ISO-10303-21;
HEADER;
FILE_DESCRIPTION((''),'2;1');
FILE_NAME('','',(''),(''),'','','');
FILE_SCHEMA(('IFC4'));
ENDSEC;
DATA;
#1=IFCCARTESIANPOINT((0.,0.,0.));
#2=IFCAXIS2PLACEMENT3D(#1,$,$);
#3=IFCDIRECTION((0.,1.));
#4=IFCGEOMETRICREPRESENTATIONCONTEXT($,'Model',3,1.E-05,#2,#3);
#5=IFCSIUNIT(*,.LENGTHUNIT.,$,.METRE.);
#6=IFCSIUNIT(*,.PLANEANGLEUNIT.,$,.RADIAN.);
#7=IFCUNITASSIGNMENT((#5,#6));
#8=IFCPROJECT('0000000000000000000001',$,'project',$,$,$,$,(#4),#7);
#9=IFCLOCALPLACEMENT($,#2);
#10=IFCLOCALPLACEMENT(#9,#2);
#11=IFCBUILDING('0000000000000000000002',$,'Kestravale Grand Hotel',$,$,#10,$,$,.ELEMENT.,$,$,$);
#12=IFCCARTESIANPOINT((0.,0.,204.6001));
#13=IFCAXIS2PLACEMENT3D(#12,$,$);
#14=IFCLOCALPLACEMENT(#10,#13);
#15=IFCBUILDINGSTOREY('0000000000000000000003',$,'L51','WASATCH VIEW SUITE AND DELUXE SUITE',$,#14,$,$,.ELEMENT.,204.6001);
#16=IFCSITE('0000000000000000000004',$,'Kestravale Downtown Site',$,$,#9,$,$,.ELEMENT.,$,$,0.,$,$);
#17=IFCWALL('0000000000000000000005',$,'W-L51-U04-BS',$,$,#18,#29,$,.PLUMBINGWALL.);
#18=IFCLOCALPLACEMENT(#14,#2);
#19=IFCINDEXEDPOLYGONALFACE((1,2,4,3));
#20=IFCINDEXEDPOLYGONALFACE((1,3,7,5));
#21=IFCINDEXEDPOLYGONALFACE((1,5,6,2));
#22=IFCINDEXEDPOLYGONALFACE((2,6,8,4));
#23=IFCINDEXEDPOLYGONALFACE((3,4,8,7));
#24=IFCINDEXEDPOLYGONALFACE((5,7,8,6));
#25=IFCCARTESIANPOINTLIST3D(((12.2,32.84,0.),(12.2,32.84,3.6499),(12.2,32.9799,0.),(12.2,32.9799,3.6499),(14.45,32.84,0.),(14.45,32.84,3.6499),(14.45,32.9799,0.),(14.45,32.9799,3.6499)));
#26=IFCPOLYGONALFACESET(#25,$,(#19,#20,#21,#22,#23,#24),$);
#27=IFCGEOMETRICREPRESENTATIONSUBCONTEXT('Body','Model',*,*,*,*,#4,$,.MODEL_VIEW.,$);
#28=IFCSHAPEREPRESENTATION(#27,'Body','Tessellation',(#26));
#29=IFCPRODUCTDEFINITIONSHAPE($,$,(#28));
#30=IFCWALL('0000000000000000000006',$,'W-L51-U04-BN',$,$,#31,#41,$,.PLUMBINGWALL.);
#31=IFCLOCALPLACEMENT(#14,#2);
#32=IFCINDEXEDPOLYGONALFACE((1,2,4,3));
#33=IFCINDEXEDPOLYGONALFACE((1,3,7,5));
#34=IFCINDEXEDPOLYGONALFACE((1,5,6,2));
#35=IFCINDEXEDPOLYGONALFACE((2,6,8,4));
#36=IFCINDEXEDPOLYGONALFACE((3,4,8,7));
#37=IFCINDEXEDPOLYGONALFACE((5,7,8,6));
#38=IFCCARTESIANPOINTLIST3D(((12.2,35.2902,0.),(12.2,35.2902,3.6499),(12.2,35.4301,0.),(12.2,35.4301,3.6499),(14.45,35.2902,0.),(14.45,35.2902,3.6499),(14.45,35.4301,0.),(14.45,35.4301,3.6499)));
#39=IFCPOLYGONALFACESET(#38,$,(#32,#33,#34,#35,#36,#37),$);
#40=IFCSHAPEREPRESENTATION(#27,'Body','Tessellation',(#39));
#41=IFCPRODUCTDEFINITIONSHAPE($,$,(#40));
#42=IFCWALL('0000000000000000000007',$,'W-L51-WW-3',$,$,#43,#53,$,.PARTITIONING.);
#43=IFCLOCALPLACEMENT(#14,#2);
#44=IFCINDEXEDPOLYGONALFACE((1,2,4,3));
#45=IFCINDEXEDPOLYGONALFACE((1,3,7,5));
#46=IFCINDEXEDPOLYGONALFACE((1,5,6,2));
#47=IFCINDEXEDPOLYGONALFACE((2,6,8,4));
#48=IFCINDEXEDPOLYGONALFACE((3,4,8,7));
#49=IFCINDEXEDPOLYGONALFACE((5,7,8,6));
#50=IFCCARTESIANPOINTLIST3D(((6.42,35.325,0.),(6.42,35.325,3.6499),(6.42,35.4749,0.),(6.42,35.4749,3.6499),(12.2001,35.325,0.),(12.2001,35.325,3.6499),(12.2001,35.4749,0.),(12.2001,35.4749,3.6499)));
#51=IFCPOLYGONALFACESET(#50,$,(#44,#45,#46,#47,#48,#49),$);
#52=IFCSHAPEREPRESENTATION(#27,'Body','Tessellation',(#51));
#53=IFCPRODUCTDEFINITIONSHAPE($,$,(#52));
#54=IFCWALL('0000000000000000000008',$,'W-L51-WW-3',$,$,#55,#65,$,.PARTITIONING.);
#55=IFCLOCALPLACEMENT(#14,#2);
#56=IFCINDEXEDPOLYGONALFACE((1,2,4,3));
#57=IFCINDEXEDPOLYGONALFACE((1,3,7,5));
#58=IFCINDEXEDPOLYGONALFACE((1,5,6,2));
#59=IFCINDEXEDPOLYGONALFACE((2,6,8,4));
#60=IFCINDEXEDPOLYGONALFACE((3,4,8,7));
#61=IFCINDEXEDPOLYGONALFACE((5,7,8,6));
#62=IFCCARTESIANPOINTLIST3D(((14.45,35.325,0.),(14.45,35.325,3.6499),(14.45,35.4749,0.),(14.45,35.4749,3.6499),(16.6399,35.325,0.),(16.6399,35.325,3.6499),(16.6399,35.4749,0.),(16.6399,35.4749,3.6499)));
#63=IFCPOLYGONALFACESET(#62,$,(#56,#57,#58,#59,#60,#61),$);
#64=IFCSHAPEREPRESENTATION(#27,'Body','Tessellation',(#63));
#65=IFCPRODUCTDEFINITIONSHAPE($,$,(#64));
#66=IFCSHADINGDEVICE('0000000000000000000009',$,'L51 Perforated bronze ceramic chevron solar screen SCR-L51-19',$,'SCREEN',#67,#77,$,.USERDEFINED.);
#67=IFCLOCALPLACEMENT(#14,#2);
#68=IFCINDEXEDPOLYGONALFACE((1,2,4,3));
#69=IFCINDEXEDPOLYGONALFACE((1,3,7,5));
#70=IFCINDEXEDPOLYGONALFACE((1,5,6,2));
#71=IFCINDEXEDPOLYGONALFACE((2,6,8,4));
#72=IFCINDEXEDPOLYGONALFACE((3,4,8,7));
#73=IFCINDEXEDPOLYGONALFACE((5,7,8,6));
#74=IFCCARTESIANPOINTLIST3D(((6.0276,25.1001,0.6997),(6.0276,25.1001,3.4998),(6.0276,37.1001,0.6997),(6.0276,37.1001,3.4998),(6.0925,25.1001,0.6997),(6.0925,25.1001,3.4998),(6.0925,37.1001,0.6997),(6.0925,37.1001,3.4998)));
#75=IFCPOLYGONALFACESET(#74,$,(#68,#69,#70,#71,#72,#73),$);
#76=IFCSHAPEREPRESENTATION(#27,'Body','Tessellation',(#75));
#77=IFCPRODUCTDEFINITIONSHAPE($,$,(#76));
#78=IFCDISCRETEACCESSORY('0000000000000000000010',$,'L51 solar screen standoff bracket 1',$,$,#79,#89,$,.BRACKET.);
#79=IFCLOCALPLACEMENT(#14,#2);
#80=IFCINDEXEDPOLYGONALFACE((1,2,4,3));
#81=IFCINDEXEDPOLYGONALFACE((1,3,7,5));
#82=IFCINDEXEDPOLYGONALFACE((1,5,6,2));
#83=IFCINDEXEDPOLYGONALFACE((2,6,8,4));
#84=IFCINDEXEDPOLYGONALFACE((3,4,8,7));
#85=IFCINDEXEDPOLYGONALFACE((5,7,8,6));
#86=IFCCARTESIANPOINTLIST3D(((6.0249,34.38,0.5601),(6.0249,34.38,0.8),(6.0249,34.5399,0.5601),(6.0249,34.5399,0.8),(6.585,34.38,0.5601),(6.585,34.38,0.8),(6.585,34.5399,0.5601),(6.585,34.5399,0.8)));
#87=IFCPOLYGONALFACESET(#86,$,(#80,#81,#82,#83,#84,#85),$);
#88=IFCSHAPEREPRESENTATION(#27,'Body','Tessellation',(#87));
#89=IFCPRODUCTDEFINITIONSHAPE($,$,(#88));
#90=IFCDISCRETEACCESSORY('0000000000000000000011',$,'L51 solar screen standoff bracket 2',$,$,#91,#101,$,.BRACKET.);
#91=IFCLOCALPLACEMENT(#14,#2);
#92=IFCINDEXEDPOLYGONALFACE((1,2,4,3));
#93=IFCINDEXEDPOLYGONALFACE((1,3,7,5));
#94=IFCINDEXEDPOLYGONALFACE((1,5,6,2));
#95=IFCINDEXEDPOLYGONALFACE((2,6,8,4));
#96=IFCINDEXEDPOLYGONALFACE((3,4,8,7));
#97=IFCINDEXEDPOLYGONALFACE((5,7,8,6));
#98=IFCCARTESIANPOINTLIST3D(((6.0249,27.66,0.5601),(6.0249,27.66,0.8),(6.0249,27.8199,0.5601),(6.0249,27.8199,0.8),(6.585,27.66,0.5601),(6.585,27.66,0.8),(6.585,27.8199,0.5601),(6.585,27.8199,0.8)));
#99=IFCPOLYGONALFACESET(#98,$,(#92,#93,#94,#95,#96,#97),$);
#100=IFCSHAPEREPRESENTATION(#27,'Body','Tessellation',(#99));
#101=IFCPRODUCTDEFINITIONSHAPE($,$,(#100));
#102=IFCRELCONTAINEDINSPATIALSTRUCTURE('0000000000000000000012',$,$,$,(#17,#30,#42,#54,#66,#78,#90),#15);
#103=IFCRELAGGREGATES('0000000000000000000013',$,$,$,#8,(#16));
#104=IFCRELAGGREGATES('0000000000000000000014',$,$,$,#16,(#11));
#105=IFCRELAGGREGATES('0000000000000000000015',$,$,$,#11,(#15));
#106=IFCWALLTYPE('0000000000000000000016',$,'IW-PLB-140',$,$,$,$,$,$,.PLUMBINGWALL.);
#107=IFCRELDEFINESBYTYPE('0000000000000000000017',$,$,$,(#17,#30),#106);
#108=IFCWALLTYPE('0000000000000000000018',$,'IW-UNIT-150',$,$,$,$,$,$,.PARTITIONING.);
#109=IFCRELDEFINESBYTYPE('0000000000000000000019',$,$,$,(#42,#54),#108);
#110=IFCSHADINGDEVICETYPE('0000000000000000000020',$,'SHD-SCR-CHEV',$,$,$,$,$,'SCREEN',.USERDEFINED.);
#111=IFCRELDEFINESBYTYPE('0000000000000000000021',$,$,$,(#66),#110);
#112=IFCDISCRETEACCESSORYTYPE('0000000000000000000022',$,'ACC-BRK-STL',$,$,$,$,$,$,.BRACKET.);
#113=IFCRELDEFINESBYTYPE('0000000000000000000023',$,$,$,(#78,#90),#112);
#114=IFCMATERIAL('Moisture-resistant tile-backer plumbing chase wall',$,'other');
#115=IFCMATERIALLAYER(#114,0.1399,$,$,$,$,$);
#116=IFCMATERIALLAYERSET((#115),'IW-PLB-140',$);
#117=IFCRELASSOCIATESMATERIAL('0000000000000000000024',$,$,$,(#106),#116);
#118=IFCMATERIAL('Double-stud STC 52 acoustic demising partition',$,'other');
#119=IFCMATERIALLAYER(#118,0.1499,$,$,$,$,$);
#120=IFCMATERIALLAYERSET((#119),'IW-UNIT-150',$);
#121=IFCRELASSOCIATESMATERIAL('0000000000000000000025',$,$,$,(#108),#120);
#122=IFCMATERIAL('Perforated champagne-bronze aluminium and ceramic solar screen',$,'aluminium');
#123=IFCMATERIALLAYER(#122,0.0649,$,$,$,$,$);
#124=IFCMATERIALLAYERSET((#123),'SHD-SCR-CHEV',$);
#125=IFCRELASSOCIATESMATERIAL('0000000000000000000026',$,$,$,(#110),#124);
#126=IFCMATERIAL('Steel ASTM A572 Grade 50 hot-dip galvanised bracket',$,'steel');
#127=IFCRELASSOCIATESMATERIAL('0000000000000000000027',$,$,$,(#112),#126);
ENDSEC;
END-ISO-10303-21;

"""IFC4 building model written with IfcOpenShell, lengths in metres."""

from ifc_helpers import new_model, si_unit, direction, frame, frame_2d, origin, origin_2d, place, context, subcontext, project, spatial, rectangle, extrude, material, layer, layer_set, type_object, element, save


model = new_model("IFC4")

# Units and contexts
model_context = context("Model", 3, precision=1e-05, world=origin(), true_north=direction((0.0, 1.0)))
body_context = subcontext(model_context, "Body", "Model", "MODEL_VIEW")
ifc_project = project(units=[si_unit("LENGTHUNIT", "METRE"), si_unit("PLANEANGLEUNIT", "RADIAN")], contexts=[model_context])

# Site, building, storey
site_placement = place(None, origin())
site = spatial("IfcSite", under=ifc_project, at=site_placement, Name="Kestravale Downtown Site", CompositionType="ELEMENT", RefElevation=0.0)
building_placement = place(site_placement, origin())
building = spatial("IfcBuilding", under=site, at=building_placement, Name="Kestravale Grand Hotel", CompositionType="ELEMENT")
storey_placement = place(building_placement, frame((0.0, 0.0, 204.6001)))
storey = spatial("IfcBuildingStorey", under=building, at=storey_placement, Name="L51", Description="WASATCH VIEW SUITE AND DELUXE SUITE", CompositionType="ELEMENT", Elevation=204.6001)

# Shared definitions
ifc_material_1 = material(Name="Moisture-resistant tile-backer plumbing chase wall", Category="other")
ifc_layer_1 = layer(ifc_material_1, 0.1399)
ifc_layer_set_1 = layer_set([ifc_layer_1], Name="IW-PLB-140")
wall_type_1 = type_object("IfcWallType", Name="IW-PLB-140", PredefinedType="PLUMBINGWALL", material=ifc_layer_set_1)

# Walls
for number, where, z_axis, x_axis, name in (
    (1, (12.2, 32.9099, 0.0), (0.0, 0.0, 1.0), (1.0, 0.0, 0.0), "W-L51-U04-BS"),
    (2, (12.2, 35.3601, 0.0), (0.0, 0.0, 1.0), (1.0, 0.0, 0.0), "W-L51-U04-BN"),
):
    element("IfcWall", number, at=place(storey_placement, frame(where, z_axis=z_axis, x_axis=x_axis)), inside=storey, type_object=wall_type_1, Name=name, PredefinedType="PLUMBINGWALL", context=body_context, shape_type="SweptSolid", body=[
        extrude(rectangle(XDim=2.25, YDim=0.1399, at=frame_2d((1.125, 0.0))), origin(), (0.0, 0.0, 1.0), 3.6499),
    ])
ifc_material_2 = material(Name="Double-stud STC 52 acoustic demising partition", Category="other")
ifc_layer_2 = layer(ifc_material_2, 0.1499)
ifc_layer_set_2 = layer_set([ifc_layer_2], Name="IW-UNIT-150")
wall_type_2 = type_object("IfcWallType", Name="IW-UNIT-150", PredefinedType="PARTITIONING", material=ifc_layer_set_2)
wall_1_placement = place(storey_placement, frame((6.4199, 35.3999, 0.0), z_axis=(0.0, 0.0, 1.0), x_axis=(1.0, 0.0, 0.0)))
element("IfcWall", 3, at=wall_1_placement, inside=storey, type_object=wall_type_2, Name="W-L51-WW-3", PredefinedType="PARTITIONING", context=body_context, shape_type="SweptSolid", body=[
    extrude(rectangle(XDim=5.78, YDim=0.1499, at=frame_2d((2.8901, 0.0))), origin(), (0.0, 0.0, 1.0), 3.6499),
])
wall_2_placement = place(storey_placement, frame((14.45, 35.3999, 0.0), z_axis=(0.0, 0.0, 1.0), x_axis=(1.0, 0.0, 0.0)))
element("IfcWall", 4, at=wall_2_placement, inside=storey, type_object=wall_type_2, Name="W-L51-WW-3", PredefinedType="PARTITIONING", context=body_context, shape_type="SweptSolid", body=[
    extrude(rectangle(XDim=2.1899, YDim=0.1499, at=frame_2d((1.095, 0.0))), origin(), (0.0, 0.0, 1.0), 3.6499),
])

# Shading device
ifc_material_3 = material(Name="Perforated champagne-bronze aluminium and ceramic solar screen", Category="aluminium")
ifc_layer_3 = layer(ifc_material_3, 0.0649)
ifc_layer_set_3 = layer_set([ifc_layer_3], Name="SHD-SCR-CHEV")
shading_device_type = type_object("IfcShadingDeviceType", Name="SHD-SCR-CHEV", ElementType="SCREEN", PredefinedType="USERDEFINED", material=ifc_layer_set_3)
shading_device_placement = place(storey_placement, frame((6.0601, 31.1001, 0.6997), z_axis=(0.0, 0.0, 1.0), x_axis=(0.0, -1.0, 0.0)))
element("IfcShadingDevice", 5, at=shading_device_placement, inside=storey, type_object=shading_device_type, Name="L51 Perforated bronze ceramic chevron solar screen SCR-L51-19", ObjectType="SCREEN", PredefinedType="USERDEFINED", context=body_context, shape_type="SweptSolid", body=[
    extrude(rectangle(XDim=12.0, YDim=0.0649, at=origin_2d()), origin(), (0.0, 0.0, 1.0), 2.8),
])

# Discrete accessories
ifc_material_4 = material(Name="Steel ASTM A572 Grade 50 hot-dip galvanised bracket", Category="steel")
discrete_accessory_type = type_object("IfcDiscreteAccessoryType", Name="ACC-BRK-STL", PredefinedType="BRACKET", material=ifc_material_4)
for number, where, z_axis, x_axis, name in (
    (6, (6.3049, 34.46, 0.5601), (0.0, 0.0, 1.0), (0.0, -1.0, 0.0), "L51 solar screen standoff bracket 1"),
    (7, (6.3049, 27.74, 0.5601), (0.0, 0.0, 1.0), (0.0, -1.0, 0.0), "L51 solar screen standoff bracket 2"),
):
    element("IfcDiscreteAccessory", number, at=place(storey_placement, frame(where, z_axis=z_axis, x_axis=x_axis)), inside=storey, type_object=discrete_accessory_type, Name=name, PredefinedType="BRACKET", context=body_context, shape_type="SweptSolid", body=[
        extrude(rectangle(XDim=0.1599, YDim=0.5601, at=origin_2d()), origin(), (0.0, 0.0, 1.0), 0.24),
    ])

save(model, "model.ifc")
